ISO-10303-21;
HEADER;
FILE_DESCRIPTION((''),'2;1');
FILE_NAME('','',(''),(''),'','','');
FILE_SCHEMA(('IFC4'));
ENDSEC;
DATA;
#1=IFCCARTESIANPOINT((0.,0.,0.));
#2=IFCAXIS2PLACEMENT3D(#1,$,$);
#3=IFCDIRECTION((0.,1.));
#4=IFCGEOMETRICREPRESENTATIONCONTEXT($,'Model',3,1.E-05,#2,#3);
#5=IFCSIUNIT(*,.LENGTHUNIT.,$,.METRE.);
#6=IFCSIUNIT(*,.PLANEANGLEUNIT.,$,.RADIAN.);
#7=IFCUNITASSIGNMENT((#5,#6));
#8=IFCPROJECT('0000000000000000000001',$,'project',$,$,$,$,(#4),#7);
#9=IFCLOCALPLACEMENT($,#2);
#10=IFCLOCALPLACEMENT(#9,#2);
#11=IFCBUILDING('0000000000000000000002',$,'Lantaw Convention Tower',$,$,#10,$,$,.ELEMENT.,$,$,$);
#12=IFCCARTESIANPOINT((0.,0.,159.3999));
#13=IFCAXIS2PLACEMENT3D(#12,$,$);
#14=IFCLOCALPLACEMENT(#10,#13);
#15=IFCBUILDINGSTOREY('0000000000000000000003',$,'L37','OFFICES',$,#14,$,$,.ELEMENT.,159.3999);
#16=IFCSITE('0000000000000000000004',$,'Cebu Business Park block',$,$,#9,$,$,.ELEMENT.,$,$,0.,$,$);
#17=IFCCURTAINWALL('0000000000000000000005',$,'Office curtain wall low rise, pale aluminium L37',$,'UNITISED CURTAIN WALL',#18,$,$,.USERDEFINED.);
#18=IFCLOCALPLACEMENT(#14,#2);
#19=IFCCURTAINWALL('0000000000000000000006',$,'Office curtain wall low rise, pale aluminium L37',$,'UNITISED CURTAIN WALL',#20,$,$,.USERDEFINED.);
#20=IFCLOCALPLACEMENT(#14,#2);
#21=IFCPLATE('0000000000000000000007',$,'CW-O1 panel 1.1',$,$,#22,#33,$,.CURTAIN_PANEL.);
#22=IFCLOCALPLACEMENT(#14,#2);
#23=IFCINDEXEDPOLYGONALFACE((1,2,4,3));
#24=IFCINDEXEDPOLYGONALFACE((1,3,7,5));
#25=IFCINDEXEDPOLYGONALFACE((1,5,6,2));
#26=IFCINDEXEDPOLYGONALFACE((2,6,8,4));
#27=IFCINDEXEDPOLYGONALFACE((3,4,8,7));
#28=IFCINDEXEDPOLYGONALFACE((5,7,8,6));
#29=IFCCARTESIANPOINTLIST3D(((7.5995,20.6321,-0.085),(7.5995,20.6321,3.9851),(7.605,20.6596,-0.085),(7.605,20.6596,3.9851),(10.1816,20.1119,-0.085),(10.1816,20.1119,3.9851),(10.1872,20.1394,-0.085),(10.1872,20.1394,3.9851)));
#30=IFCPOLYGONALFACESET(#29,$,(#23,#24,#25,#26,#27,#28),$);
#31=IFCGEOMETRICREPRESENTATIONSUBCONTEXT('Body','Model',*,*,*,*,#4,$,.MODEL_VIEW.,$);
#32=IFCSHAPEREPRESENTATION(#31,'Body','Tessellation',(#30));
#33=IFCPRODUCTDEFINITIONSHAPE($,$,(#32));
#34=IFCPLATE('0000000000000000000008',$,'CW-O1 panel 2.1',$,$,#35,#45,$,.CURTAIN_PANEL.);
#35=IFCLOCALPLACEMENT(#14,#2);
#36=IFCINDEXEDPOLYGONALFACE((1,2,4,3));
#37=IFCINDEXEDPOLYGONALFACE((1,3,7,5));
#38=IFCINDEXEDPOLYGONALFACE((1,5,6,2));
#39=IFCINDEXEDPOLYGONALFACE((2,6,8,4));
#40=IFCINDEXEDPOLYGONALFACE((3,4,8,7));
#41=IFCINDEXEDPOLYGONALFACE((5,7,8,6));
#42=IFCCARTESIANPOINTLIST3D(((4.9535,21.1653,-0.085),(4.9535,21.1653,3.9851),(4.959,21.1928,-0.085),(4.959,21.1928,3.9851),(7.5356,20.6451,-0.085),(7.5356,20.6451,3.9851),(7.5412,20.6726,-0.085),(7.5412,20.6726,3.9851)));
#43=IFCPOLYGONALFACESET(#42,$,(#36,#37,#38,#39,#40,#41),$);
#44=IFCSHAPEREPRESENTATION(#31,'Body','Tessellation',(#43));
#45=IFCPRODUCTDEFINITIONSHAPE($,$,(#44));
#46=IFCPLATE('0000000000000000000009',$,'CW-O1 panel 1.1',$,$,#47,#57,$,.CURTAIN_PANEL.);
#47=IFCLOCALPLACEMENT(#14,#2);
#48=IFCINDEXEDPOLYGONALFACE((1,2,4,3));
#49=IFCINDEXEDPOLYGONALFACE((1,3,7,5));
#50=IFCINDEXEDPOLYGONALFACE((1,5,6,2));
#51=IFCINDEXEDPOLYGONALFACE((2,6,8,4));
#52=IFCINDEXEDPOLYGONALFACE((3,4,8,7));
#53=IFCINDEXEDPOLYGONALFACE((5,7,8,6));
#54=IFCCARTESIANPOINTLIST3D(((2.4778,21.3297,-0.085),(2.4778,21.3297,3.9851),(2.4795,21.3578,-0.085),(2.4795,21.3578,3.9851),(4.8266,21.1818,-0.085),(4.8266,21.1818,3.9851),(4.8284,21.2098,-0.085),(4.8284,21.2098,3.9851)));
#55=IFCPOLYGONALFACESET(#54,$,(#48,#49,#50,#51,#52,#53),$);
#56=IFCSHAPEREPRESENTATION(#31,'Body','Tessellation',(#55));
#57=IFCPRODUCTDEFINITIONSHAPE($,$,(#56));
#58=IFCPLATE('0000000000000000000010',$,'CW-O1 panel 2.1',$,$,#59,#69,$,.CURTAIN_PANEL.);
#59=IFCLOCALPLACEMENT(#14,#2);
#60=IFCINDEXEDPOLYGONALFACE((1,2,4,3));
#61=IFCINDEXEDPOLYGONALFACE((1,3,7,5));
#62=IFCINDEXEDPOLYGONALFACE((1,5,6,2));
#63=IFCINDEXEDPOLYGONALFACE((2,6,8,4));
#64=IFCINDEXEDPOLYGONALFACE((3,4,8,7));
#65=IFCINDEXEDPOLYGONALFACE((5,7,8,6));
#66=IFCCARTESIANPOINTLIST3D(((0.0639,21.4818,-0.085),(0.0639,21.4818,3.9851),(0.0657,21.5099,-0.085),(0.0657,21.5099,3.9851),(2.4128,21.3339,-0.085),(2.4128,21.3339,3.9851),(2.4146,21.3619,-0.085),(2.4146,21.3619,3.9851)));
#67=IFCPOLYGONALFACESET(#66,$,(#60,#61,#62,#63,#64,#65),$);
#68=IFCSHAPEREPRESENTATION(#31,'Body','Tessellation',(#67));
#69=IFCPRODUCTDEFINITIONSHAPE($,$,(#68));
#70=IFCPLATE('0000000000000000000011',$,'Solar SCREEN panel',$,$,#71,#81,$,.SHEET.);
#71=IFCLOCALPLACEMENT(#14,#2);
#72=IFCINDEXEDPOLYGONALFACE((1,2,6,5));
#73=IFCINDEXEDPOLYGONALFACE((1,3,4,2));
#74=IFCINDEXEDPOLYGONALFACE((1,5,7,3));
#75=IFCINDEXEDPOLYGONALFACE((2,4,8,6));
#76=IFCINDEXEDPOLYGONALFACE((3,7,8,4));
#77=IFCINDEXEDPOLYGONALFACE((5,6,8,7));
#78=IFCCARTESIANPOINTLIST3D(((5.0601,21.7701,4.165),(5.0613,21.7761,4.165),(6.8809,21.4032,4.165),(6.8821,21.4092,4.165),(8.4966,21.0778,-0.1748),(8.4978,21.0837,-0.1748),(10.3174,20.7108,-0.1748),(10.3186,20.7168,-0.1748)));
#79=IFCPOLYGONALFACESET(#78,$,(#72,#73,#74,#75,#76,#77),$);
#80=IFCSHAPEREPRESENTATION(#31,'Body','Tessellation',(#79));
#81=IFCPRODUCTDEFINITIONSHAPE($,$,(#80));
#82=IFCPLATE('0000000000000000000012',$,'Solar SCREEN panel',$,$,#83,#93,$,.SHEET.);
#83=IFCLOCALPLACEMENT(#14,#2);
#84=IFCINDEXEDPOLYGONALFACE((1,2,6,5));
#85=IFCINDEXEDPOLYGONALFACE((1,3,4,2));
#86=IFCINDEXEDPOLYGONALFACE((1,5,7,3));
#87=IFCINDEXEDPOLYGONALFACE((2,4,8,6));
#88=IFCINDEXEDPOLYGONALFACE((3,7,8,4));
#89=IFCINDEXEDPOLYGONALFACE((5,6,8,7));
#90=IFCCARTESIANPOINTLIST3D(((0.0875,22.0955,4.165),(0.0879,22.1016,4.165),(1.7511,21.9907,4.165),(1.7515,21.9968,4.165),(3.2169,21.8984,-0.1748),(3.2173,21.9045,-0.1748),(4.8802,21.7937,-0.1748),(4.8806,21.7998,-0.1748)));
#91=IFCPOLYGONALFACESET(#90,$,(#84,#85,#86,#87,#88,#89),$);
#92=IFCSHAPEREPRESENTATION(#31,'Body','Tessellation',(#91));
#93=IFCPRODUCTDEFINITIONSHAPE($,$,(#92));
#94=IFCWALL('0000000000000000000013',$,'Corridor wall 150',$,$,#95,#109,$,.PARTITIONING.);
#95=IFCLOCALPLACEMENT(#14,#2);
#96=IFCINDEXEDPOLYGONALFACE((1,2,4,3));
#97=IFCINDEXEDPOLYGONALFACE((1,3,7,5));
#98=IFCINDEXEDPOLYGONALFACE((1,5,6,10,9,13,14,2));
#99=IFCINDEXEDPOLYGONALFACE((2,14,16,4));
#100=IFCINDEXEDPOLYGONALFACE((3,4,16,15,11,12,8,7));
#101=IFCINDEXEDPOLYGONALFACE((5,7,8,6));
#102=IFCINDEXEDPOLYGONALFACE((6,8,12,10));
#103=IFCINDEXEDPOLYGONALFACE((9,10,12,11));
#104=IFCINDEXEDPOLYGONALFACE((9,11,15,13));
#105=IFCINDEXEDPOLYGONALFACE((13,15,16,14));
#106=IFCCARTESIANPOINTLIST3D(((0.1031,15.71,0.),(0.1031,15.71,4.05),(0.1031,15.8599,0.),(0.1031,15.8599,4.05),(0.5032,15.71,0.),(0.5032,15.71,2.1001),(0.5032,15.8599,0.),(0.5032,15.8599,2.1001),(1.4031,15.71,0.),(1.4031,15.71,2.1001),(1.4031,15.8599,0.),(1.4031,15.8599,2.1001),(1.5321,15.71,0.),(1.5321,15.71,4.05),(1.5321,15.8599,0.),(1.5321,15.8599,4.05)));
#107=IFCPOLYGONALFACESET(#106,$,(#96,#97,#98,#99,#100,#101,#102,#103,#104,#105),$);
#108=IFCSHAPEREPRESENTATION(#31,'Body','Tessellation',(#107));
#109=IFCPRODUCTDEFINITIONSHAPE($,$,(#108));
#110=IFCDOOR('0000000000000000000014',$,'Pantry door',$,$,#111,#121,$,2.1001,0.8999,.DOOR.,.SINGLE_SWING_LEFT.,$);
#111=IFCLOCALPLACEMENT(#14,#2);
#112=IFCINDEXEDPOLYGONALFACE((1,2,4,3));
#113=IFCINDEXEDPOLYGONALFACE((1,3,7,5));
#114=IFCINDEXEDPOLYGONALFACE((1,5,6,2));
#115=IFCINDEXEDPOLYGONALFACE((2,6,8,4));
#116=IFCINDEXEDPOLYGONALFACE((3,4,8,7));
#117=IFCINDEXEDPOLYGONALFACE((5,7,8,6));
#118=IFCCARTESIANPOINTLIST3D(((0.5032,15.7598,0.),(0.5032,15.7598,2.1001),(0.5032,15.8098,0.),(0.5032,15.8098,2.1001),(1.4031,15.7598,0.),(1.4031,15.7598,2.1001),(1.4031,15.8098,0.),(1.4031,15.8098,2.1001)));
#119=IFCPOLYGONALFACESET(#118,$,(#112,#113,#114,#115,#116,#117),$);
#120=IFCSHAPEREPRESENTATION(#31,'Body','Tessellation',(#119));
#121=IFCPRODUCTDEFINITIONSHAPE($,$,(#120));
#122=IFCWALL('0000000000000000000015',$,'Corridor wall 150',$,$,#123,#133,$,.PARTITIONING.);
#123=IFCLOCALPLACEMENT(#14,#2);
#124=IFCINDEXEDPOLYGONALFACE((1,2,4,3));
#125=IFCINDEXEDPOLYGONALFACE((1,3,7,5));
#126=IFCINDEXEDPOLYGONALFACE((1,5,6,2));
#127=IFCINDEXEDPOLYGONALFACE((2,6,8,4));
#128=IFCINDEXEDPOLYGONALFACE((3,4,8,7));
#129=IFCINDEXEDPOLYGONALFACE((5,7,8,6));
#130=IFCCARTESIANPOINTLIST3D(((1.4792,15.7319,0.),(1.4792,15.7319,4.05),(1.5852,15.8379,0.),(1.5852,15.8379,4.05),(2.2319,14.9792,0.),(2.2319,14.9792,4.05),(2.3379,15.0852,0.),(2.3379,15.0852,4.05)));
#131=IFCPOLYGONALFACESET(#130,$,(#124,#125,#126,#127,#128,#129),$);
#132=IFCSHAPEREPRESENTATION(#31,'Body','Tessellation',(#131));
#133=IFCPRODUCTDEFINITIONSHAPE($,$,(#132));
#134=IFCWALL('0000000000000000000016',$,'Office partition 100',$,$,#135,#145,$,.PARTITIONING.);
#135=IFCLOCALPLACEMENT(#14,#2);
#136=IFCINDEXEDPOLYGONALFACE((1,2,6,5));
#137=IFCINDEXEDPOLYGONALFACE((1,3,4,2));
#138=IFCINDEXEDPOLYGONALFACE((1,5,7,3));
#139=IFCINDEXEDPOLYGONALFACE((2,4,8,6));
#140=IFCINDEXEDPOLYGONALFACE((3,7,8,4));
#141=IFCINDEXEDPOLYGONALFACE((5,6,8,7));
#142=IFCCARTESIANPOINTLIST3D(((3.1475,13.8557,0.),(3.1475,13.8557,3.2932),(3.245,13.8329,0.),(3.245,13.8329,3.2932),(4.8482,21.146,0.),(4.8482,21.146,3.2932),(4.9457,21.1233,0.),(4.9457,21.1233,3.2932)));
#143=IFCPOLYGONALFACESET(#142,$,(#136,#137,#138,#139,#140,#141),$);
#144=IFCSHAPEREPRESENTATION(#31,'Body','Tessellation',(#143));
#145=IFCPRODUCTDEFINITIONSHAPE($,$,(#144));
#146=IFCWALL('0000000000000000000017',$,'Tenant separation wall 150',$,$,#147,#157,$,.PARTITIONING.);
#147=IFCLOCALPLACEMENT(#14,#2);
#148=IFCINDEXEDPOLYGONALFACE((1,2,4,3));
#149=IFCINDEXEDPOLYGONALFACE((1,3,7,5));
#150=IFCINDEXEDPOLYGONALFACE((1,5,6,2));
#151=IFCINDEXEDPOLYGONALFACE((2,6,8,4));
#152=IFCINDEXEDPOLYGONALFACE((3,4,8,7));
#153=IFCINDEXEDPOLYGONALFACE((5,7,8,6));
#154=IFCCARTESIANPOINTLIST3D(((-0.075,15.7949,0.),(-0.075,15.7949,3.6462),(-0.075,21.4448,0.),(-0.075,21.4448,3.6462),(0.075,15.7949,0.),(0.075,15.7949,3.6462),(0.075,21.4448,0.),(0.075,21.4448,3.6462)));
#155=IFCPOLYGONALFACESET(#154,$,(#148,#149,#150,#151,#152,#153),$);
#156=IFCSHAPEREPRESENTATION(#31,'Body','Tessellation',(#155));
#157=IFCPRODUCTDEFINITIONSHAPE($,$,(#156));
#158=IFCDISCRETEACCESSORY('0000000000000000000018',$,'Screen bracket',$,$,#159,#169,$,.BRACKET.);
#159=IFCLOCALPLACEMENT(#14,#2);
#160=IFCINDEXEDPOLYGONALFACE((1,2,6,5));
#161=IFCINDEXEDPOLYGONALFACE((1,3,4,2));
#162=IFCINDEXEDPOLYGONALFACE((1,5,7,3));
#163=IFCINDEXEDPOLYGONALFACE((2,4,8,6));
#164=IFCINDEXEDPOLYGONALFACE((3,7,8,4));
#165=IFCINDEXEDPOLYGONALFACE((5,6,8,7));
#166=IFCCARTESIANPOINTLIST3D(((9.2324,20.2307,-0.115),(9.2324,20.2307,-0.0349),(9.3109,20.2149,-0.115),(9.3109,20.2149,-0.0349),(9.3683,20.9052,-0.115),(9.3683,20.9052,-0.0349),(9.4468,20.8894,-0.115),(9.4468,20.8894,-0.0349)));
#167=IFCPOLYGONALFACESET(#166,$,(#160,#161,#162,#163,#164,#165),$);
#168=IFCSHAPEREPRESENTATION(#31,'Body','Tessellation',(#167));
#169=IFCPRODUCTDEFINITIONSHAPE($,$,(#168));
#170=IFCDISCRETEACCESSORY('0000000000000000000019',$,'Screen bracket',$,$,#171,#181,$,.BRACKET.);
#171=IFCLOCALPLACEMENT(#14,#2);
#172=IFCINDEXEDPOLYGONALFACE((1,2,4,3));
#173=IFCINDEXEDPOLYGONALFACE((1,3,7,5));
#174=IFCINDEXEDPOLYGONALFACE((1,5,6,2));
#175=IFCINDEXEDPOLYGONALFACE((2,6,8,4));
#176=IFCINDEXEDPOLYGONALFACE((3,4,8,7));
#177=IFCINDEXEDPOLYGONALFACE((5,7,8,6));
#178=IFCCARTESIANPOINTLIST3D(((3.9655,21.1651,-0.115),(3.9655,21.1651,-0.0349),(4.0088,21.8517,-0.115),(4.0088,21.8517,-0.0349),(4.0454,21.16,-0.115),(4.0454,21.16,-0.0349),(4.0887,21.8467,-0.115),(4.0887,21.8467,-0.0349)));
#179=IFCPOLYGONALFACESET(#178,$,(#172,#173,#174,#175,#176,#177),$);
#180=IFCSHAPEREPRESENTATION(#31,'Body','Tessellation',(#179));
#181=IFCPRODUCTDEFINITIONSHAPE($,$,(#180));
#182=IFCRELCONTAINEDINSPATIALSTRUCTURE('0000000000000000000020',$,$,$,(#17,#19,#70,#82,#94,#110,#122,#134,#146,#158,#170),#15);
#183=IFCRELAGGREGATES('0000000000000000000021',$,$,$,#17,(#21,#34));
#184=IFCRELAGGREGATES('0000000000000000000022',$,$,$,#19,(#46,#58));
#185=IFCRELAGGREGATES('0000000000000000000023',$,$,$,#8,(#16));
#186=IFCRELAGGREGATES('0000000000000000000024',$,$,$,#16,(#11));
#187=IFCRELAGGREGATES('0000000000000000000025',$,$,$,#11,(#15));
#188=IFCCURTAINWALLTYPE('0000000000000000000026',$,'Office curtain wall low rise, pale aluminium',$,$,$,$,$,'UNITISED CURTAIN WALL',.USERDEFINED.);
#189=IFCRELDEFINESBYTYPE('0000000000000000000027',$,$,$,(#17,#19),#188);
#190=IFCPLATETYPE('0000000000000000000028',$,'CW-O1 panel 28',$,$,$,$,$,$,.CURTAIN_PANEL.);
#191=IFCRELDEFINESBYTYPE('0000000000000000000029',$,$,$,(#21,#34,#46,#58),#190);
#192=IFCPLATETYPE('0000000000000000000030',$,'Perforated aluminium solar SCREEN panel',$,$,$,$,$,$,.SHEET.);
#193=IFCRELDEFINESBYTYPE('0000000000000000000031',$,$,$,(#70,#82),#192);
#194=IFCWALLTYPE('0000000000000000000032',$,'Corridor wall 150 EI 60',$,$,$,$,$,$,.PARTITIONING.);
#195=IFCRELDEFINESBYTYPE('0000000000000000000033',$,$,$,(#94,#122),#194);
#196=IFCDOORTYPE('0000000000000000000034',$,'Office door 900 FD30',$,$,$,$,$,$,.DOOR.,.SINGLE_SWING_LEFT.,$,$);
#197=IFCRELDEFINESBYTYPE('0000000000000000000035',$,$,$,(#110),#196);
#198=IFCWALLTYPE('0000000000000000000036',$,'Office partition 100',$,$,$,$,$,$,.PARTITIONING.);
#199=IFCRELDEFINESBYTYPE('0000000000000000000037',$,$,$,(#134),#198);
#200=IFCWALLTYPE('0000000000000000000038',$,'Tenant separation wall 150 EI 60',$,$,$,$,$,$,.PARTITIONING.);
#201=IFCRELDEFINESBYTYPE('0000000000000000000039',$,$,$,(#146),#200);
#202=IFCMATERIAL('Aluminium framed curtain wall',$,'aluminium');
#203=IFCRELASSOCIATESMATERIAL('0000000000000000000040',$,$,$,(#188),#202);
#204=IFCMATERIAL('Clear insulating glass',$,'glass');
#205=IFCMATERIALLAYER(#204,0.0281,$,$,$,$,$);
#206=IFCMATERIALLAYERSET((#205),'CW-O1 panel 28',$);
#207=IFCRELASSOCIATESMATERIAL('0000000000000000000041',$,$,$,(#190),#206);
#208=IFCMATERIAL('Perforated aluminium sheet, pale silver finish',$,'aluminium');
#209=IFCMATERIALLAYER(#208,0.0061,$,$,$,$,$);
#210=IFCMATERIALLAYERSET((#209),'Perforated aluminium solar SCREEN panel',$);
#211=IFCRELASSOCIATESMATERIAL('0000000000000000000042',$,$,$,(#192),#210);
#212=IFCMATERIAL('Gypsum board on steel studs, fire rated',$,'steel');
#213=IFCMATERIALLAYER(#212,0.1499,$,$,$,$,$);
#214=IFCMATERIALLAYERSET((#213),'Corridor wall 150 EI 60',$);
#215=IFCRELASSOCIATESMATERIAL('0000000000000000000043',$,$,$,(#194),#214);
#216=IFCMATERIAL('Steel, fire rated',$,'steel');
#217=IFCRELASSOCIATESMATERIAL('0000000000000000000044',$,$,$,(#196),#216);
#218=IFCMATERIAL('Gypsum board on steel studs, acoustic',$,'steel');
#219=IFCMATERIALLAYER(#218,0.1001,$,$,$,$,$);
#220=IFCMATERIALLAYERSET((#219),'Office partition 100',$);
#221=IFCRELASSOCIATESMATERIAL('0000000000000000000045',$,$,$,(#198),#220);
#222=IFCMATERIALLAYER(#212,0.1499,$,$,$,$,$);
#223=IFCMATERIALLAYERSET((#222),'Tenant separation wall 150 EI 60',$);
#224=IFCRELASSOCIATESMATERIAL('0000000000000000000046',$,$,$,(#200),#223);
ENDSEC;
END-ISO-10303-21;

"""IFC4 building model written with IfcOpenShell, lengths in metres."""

from ifc_helpers import new_model, si_unit, direction, frame, frame_2d, origin, origin_2d, place, context, subcontext, project, spatial, polyline, rectangle, outline, extrude, material, layer, layer_set, type_object, element, fill, aggregate, save


model = new_model("IFC4")

# Units and contexts
model_context = context("Model", 3, precision=1e-05, world=origin(), true_north=direction((0.0, 1.0)))
body_context = subcontext(model_context, "Body", "Model", "MODEL_VIEW")
ifc_project = project(units=[si_unit("LENGTHUNIT", "METRE"), si_unit("PLANEANGLEUNIT", "RADIAN")], contexts=[model_context])

# Site, building, storey
site_placement = place(None, origin())
site = spatial("IfcSite", under=ifc_project, at=site_placement, Name="Cebu Business Park block", CompositionType="ELEMENT", RefElevation=0.0)
building_placement = place(site_placement, origin())
building = spatial("IfcBuilding", under=site, at=building_placement, Name="Lantaw Convention Tower", CompositionType="ELEMENT")
storey_placement = place(building_placement, frame((0.0, 0.0, 159.3999)))
storey = spatial("IfcBuildingStorey", under=building, at=storey_placement, Name="L37", Description="OFFICES", CompositionType="ELEMENT", Elevation=159.3999)

# Shared definitions
ifc_material_1 = material(Name="Aluminium framed curtain wall", Category="aluminium")
curtain_wall_type = type_object("IfcCurtainWallType", Name="Office curtain wall low rise, pale aluminium", ElementType="UNITISED CURTAIN WALL", PredefinedType="USERDEFINED", material=ifc_material_1)

# Curtain walls
curtain_wall_1_placement = place(storey_placement, origin())
curtain_wall_1 = element("IfcCurtainWall", 1, at=curtain_wall_1_placement, inside=storey, type_object=curtain_wall_type, Name="Office curtain wall low rise, pale aluminium L37", ObjectType="UNITISED CURTAIN WALL", PredefinedType="USERDEFINED")
curtain_wall_2_placement = place(storey_placement, origin())
curtain_wall_2 = element("IfcCurtainWall", 2, at=curtain_wall_2_placement, inside=storey, type_object=curtain_wall_type, Name="Office curtain wall low rise, pale aluminium L37", ObjectType="UNITISED CURTAIN WALL", PredefinedType="USERDEFINED")

# Plates
ifc_material_2 = material(Name="Clear insulating glass", Category="glass")
ifc_layer_1 = layer(ifc_material_2, 0.0281)
ifc_layer_set_1 = layer_set([ifc_layer_1], Name="CW-O1 panel 28")
plate_type_1 = type_object("IfcPlateType", Name="CW-O1 panel 28", PredefinedType="CURTAIN_PANEL", material=ifc_layer_set_1)
plate_1_placement = place(storey_placement, frame((8.8933, 20.3857, -0.085), z_axis=(0.0, 0.0, 1.0), x_axis=(-0.980302, 0.197507, 0.0)))
plate_1 = element("IfcPlate", 3, at=plate_1_placement, type_object=plate_type_1, Name="CW-O1 panel 1.1", PredefinedType="CURTAIN_PANEL", context=body_context, shape_type="SweptSolid", body=[
    extrude(rectangle(XDim=2.634, YDim=0.0281, at=origin_2d()), origin(), (0.0, 0.0, 1.0), 4.0701),
])
plate_2_placement = place(storey_placement, frame((6.2473, 20.9189, -0.085), z_axis=(0.0, 0.0, 1.0), x_axis=(-0.980302, 0.197507, 0.0)))
plate_2 = element("IfcPlate", 4, at=plate_2_placement, type_object=plate_type_1, Name="CW-O1 panel 2.1", PredefinedType="CURTAIN_PANEL", context=body_context, shape_type="SweptSolid", body=[
    extrude(rectangle(XDim=2.634, YDim=0.0281, at=origin_2d()), origin(), (0.0, 0.0, 1.0), 4.0701),
])
aggregate(curtain_wall_1, [plate_1, plate_2])
plate_3_placement = place(storey_placement, frame((3.6531, 21.2698, -0.085), z_axis=(0.0, 0.0, 1.0), x_axis=(-0.998022, 0.062865, 0.0)))
plate_3 = element("IfcPlate", 5, at=plate_3_placement, type_object=plate_type_1, Name="CW-O1 panel 1.1", PredefinedType="CURTAIN_PANEL", context=body_context, shape_type="SweptSolid", body=[
    extrude(rectangle(XDim=2.3535, YDim=0.0281, at=origin_2d()), origin(), (0.0, 0.0, 1.0), 4.0701),
])
plate_4_placement = place(storey_placement, frame((1.2393, 21.4219, -0.085), z_axis=(0.0, 0.0, 1.0), x_axis=(-0.998022, 0.062865, 0.0)))
plate_4 = element("IfcPlate", 6, at=plate_4_placement, type_object=plate_type_1, Name="CW-O1 panel 2.1", PredefinedType="CURTAIN_PANEL", context=body_context, shape_type="SweptSolid", body=[
    extrude(rectangle(XDim=2.3535, YDim=0.0281, at=origin_2d()), origin(), (0.0, 0.0, 1.0), 4.0701),
])
aggregate(curtain_wall_2, [plate_3, plate_4])

# Plates
ifc_material_3 = material(Name="Perforated aluminium sheet, pale silver finish", Category="aluminium")
ifc_layer_2 = layer(ifc_material_3, 0.0061)
ifc_layer_set_2 = layer_set([ifc_layer_2], Name="Perforated aluminium solar SCREEN panel")
plate_type_2 = type_object("IfcPlateType", Name="Perforated aluminium solar SCREEN panel", PredefinedType="SHEET", material=ifc_layer_set_2)
plate_5_placement = place(storey_placement, frame((10.3186, 20.7168, -0.1748), z_axis=(0.197557, 0.980291, 0.000039), x_axis=(-0.980291, 0.197557, 0.0)))
element("IfcPlate", 7, at=plate_5_placement, inside=storey, type_object=plate_type_2, Name="Solar SCREEN panel", PredefinedType="SHEET", context=body_context, shape_type="SweptSolid", body=[
    extrude(outline(polyline([(0.0, 0.0), (1.8574, 0.0), (5.363, 4.3398), (3.5056, 4.3398), (0.0, 0.0)])), origin(), (0.0, 0.0, -1.0), 0.0061),
])
plate_6_placement = place(storey_placement, frame((4.8806, 21.7998, -0.1748), z_axis=(0.062839, 0.998024, 0.000002), x_axis=(-0.998024, 0.062839, 0.0)))
element("IfcPlate", 8, at=plate_6_placement, inside=storey, type_object=plate_type_2, Name="Solar SCREEN panel", PredefinedType="SHEET", context=body_context, shape_type="SweptSolid", body=[
    extrude(outline(polyline([(0.0, 0.0), (1.6666, 0.0), (4.8022, 4.3398), (3.1353, 4.3398), (0.0, 0.0)])), origin(), (0.0, 0.0, -1.0), 0.0061),
])

# Wall, opening, door
ifc_material_4 = material(Name="Gypsum board on steel studs, fire rated", Category="steel")
ifc_layer_3 = layer(ifc_material_4, 0.1499)
ifc_layer_set_3 = layer_set([ifc_layer_3], Name="Corridor wall 150 EI 60")
wall_type_1 = type_object("IfcWallType", Name="Corridor wall 150 EI 60", PredefinedType="PARTITIONING", material=ifc_layer_set_3)
wall_1_placement = place(storey_placement, frame((0.1033, 15.7849, 0.0), z_axis=(0.0, 0.0, 1.0), x_axis=(1.0, 0.0, 0.0)))
wall_1 = element("IfcWall", 9, at=wall_1_placement, inside=storey, type_object=wall_type_1, Name="Corridor wall 150", PredefinedType="PARTITIONING", context=body_context, shape_type="SweptSolid", body=[
    extrude(rectangle(XDim=1.429, YDim=0.1499, at=frame_2d((0.7144, 0.0))), origin(), (0.0, 0.0, 1.0), 4.05),
])
opening_placement = place(wall_1_placement, frame((0.3999, 0.0, 0.0)))
opening = element("IfcOpeningElement", 10, at=opening_placement, cuts=wall_1, PredefinedType="OPENING", context=body_context, shape_type="SweptSolid", body=[
    extrude(rectangle(XDim=0.8999, YDim=2.1001, at=frame_2d((0.45, 1.05))), frame((0.0, 0.085, 0.0), z_axis=(0.0, -1.0, 0.0), x_axis=(1.0, 0.0, 0.0)), (0.0, 0.0, 1.0), 0.1699),
])
ifc_material_5 = material(Name="Steel, fire rated", Category="steel")
door_type = type_object("IfcDoorType", Name="Office door 900 FD30", OperationType="SINGLE_SWING_LEFT", PredefinedType="DOOR", material=ifc_material_5)
door_placement = place(opening_placement, origin())
door = element("IfcDoor", 11, at=door_placement, inside=storey, type_object=door_type, Name="Pantry door", OperationType="SINGLE_SWING_LEFT", OverallHeight=2.1001, OverallWidth=0.8999, PredefinedType="DOOR", context=body_context, shape_type="SweptSolid", body=[
    extrude(rectangle(XDim=0.8999, YDim=2.1001, at=frame_2d((0.45, 1.05))), frame((0.0, 0.0249, 0.0), z_axis=(0.0, -1.0, 0.0), x_axis=(1.0, 0.0, 0.0)), (0.0, 0.0, 1.0), 0.05),
])
fill(opening, door)

# Walls
wall_2_placement = place(storey_placement, frame((1.5322, 15.7849, 0.0), z_axis=(0.0, 0.0, 1.0), x_axis=(0.707107, -0.707107, 0.0)))
element("IfcWall", 12, at=wall_2_placement, inside=storey, type_object=wall_type_1, Name="Corridor wall 150", PredefinedType="PARTITIONING", context=body_context, shape_type="SweptSolid", body=[
    extrude(rectangle(XDim=1.0645, YDim=0.1499, at=frame_2d((0.5322, 0.0))), origin(), (0.0, 0.0, 1.0), 4.05),
])
ifc_material_6 = material(Name="Gypsum board on steel studs, acoustic", Category="steel")
ifc_layer_4 = layer(ifc_material_6, 0.1001)
ifc_layer_set_4 = layer_set([ifc_layer_4], Name="Office partition 100")
wall_type_2 = type_object("IfcWallType", Name="Office partition 100", PredefinedType="PARTITIONING", material=ifc_layer_set_4)
wall_3_placement = place(storey_placement, frame((4.897, 21.1348, 0.0), z_axis=(0.0, 0.0, 1.0), x_axis=(-0.227181, -0.973853, 0.0)))
element("IfcWall", 13, at=wall_3_placement, inside=storey, type_object=wall_type_2, Name="Office partition 100", PredefinedType="PARTITIONING", context=body_context, shape_type="SweptSolid", body=[
    extrude(rectangle(XDim=7.4861, YDim=0.1001, at=frame_2d((3.7432, 0.0))), origin(), (0.0, 0.0, 1.0), 3.2932),
])
ifc_layer_5 = layer(ifc_material_4, 0.1499)
ifc_layer_set_5 = layer_set([ifc_layer_5], Name="Tenant separation wall 150 EI 60")
wall_type_3 = type_object("IfcWallType", Name="Tenant separation wall 150 EI 60", PredefinedType="PARTITIONING", material=ifc_layer_set_5)
wall_4_placement = place(storey_placement, frame((0.0, 21.4448, 0.0), z_axis=(0.0, 0.0, 1.0), x_axis=(0.0, -1.0, 0.0)))
element("IfcWall", 14, at=wall_4_placement, inside=storey, type_object=wall_type_3, Name="Tenant separation wall 150", PredefinedType="PARTITIONING", context=body_context, shape_type="SweptSolid", body=[
    extrude(rectangle(XDim=5.6499, YDim=0.1499, at=frame_2d((2.825, 0.0))), origin(), (0.0, 0.0, 1.0), 3.6462),
])

# Discrete accessories
for number, where, z_axis, x_axis, name in (
    (15, (9.3396, 20.5601, -0.115), (0.0, 0.0, 1.0), (-0.980302, 0.197507, 0.0), "Screen bracket"),
    (16, (4.0271, 21.5059, -0.115), (0.0, 0.0, 1.0), (-0.998022, 0.062865, 0.0), "Screen bracket"),
):
    element("IfcDiscreteAccessory", number, at=place(storey_placement, frame(where, z_axis=z_axis, x_axis=x_axis)), inside=storey, Name=name, PredefinedType="BRACKET", context=body_context, shape_type="SweptSolid", body=[
        extrude(rectangle(XDim=0.0801, YDim=0.688, at=origin_2d()), origin(), (0.0, 0.0, 1.0), 0.0801),
    ])

save(model, "model.ifc")
